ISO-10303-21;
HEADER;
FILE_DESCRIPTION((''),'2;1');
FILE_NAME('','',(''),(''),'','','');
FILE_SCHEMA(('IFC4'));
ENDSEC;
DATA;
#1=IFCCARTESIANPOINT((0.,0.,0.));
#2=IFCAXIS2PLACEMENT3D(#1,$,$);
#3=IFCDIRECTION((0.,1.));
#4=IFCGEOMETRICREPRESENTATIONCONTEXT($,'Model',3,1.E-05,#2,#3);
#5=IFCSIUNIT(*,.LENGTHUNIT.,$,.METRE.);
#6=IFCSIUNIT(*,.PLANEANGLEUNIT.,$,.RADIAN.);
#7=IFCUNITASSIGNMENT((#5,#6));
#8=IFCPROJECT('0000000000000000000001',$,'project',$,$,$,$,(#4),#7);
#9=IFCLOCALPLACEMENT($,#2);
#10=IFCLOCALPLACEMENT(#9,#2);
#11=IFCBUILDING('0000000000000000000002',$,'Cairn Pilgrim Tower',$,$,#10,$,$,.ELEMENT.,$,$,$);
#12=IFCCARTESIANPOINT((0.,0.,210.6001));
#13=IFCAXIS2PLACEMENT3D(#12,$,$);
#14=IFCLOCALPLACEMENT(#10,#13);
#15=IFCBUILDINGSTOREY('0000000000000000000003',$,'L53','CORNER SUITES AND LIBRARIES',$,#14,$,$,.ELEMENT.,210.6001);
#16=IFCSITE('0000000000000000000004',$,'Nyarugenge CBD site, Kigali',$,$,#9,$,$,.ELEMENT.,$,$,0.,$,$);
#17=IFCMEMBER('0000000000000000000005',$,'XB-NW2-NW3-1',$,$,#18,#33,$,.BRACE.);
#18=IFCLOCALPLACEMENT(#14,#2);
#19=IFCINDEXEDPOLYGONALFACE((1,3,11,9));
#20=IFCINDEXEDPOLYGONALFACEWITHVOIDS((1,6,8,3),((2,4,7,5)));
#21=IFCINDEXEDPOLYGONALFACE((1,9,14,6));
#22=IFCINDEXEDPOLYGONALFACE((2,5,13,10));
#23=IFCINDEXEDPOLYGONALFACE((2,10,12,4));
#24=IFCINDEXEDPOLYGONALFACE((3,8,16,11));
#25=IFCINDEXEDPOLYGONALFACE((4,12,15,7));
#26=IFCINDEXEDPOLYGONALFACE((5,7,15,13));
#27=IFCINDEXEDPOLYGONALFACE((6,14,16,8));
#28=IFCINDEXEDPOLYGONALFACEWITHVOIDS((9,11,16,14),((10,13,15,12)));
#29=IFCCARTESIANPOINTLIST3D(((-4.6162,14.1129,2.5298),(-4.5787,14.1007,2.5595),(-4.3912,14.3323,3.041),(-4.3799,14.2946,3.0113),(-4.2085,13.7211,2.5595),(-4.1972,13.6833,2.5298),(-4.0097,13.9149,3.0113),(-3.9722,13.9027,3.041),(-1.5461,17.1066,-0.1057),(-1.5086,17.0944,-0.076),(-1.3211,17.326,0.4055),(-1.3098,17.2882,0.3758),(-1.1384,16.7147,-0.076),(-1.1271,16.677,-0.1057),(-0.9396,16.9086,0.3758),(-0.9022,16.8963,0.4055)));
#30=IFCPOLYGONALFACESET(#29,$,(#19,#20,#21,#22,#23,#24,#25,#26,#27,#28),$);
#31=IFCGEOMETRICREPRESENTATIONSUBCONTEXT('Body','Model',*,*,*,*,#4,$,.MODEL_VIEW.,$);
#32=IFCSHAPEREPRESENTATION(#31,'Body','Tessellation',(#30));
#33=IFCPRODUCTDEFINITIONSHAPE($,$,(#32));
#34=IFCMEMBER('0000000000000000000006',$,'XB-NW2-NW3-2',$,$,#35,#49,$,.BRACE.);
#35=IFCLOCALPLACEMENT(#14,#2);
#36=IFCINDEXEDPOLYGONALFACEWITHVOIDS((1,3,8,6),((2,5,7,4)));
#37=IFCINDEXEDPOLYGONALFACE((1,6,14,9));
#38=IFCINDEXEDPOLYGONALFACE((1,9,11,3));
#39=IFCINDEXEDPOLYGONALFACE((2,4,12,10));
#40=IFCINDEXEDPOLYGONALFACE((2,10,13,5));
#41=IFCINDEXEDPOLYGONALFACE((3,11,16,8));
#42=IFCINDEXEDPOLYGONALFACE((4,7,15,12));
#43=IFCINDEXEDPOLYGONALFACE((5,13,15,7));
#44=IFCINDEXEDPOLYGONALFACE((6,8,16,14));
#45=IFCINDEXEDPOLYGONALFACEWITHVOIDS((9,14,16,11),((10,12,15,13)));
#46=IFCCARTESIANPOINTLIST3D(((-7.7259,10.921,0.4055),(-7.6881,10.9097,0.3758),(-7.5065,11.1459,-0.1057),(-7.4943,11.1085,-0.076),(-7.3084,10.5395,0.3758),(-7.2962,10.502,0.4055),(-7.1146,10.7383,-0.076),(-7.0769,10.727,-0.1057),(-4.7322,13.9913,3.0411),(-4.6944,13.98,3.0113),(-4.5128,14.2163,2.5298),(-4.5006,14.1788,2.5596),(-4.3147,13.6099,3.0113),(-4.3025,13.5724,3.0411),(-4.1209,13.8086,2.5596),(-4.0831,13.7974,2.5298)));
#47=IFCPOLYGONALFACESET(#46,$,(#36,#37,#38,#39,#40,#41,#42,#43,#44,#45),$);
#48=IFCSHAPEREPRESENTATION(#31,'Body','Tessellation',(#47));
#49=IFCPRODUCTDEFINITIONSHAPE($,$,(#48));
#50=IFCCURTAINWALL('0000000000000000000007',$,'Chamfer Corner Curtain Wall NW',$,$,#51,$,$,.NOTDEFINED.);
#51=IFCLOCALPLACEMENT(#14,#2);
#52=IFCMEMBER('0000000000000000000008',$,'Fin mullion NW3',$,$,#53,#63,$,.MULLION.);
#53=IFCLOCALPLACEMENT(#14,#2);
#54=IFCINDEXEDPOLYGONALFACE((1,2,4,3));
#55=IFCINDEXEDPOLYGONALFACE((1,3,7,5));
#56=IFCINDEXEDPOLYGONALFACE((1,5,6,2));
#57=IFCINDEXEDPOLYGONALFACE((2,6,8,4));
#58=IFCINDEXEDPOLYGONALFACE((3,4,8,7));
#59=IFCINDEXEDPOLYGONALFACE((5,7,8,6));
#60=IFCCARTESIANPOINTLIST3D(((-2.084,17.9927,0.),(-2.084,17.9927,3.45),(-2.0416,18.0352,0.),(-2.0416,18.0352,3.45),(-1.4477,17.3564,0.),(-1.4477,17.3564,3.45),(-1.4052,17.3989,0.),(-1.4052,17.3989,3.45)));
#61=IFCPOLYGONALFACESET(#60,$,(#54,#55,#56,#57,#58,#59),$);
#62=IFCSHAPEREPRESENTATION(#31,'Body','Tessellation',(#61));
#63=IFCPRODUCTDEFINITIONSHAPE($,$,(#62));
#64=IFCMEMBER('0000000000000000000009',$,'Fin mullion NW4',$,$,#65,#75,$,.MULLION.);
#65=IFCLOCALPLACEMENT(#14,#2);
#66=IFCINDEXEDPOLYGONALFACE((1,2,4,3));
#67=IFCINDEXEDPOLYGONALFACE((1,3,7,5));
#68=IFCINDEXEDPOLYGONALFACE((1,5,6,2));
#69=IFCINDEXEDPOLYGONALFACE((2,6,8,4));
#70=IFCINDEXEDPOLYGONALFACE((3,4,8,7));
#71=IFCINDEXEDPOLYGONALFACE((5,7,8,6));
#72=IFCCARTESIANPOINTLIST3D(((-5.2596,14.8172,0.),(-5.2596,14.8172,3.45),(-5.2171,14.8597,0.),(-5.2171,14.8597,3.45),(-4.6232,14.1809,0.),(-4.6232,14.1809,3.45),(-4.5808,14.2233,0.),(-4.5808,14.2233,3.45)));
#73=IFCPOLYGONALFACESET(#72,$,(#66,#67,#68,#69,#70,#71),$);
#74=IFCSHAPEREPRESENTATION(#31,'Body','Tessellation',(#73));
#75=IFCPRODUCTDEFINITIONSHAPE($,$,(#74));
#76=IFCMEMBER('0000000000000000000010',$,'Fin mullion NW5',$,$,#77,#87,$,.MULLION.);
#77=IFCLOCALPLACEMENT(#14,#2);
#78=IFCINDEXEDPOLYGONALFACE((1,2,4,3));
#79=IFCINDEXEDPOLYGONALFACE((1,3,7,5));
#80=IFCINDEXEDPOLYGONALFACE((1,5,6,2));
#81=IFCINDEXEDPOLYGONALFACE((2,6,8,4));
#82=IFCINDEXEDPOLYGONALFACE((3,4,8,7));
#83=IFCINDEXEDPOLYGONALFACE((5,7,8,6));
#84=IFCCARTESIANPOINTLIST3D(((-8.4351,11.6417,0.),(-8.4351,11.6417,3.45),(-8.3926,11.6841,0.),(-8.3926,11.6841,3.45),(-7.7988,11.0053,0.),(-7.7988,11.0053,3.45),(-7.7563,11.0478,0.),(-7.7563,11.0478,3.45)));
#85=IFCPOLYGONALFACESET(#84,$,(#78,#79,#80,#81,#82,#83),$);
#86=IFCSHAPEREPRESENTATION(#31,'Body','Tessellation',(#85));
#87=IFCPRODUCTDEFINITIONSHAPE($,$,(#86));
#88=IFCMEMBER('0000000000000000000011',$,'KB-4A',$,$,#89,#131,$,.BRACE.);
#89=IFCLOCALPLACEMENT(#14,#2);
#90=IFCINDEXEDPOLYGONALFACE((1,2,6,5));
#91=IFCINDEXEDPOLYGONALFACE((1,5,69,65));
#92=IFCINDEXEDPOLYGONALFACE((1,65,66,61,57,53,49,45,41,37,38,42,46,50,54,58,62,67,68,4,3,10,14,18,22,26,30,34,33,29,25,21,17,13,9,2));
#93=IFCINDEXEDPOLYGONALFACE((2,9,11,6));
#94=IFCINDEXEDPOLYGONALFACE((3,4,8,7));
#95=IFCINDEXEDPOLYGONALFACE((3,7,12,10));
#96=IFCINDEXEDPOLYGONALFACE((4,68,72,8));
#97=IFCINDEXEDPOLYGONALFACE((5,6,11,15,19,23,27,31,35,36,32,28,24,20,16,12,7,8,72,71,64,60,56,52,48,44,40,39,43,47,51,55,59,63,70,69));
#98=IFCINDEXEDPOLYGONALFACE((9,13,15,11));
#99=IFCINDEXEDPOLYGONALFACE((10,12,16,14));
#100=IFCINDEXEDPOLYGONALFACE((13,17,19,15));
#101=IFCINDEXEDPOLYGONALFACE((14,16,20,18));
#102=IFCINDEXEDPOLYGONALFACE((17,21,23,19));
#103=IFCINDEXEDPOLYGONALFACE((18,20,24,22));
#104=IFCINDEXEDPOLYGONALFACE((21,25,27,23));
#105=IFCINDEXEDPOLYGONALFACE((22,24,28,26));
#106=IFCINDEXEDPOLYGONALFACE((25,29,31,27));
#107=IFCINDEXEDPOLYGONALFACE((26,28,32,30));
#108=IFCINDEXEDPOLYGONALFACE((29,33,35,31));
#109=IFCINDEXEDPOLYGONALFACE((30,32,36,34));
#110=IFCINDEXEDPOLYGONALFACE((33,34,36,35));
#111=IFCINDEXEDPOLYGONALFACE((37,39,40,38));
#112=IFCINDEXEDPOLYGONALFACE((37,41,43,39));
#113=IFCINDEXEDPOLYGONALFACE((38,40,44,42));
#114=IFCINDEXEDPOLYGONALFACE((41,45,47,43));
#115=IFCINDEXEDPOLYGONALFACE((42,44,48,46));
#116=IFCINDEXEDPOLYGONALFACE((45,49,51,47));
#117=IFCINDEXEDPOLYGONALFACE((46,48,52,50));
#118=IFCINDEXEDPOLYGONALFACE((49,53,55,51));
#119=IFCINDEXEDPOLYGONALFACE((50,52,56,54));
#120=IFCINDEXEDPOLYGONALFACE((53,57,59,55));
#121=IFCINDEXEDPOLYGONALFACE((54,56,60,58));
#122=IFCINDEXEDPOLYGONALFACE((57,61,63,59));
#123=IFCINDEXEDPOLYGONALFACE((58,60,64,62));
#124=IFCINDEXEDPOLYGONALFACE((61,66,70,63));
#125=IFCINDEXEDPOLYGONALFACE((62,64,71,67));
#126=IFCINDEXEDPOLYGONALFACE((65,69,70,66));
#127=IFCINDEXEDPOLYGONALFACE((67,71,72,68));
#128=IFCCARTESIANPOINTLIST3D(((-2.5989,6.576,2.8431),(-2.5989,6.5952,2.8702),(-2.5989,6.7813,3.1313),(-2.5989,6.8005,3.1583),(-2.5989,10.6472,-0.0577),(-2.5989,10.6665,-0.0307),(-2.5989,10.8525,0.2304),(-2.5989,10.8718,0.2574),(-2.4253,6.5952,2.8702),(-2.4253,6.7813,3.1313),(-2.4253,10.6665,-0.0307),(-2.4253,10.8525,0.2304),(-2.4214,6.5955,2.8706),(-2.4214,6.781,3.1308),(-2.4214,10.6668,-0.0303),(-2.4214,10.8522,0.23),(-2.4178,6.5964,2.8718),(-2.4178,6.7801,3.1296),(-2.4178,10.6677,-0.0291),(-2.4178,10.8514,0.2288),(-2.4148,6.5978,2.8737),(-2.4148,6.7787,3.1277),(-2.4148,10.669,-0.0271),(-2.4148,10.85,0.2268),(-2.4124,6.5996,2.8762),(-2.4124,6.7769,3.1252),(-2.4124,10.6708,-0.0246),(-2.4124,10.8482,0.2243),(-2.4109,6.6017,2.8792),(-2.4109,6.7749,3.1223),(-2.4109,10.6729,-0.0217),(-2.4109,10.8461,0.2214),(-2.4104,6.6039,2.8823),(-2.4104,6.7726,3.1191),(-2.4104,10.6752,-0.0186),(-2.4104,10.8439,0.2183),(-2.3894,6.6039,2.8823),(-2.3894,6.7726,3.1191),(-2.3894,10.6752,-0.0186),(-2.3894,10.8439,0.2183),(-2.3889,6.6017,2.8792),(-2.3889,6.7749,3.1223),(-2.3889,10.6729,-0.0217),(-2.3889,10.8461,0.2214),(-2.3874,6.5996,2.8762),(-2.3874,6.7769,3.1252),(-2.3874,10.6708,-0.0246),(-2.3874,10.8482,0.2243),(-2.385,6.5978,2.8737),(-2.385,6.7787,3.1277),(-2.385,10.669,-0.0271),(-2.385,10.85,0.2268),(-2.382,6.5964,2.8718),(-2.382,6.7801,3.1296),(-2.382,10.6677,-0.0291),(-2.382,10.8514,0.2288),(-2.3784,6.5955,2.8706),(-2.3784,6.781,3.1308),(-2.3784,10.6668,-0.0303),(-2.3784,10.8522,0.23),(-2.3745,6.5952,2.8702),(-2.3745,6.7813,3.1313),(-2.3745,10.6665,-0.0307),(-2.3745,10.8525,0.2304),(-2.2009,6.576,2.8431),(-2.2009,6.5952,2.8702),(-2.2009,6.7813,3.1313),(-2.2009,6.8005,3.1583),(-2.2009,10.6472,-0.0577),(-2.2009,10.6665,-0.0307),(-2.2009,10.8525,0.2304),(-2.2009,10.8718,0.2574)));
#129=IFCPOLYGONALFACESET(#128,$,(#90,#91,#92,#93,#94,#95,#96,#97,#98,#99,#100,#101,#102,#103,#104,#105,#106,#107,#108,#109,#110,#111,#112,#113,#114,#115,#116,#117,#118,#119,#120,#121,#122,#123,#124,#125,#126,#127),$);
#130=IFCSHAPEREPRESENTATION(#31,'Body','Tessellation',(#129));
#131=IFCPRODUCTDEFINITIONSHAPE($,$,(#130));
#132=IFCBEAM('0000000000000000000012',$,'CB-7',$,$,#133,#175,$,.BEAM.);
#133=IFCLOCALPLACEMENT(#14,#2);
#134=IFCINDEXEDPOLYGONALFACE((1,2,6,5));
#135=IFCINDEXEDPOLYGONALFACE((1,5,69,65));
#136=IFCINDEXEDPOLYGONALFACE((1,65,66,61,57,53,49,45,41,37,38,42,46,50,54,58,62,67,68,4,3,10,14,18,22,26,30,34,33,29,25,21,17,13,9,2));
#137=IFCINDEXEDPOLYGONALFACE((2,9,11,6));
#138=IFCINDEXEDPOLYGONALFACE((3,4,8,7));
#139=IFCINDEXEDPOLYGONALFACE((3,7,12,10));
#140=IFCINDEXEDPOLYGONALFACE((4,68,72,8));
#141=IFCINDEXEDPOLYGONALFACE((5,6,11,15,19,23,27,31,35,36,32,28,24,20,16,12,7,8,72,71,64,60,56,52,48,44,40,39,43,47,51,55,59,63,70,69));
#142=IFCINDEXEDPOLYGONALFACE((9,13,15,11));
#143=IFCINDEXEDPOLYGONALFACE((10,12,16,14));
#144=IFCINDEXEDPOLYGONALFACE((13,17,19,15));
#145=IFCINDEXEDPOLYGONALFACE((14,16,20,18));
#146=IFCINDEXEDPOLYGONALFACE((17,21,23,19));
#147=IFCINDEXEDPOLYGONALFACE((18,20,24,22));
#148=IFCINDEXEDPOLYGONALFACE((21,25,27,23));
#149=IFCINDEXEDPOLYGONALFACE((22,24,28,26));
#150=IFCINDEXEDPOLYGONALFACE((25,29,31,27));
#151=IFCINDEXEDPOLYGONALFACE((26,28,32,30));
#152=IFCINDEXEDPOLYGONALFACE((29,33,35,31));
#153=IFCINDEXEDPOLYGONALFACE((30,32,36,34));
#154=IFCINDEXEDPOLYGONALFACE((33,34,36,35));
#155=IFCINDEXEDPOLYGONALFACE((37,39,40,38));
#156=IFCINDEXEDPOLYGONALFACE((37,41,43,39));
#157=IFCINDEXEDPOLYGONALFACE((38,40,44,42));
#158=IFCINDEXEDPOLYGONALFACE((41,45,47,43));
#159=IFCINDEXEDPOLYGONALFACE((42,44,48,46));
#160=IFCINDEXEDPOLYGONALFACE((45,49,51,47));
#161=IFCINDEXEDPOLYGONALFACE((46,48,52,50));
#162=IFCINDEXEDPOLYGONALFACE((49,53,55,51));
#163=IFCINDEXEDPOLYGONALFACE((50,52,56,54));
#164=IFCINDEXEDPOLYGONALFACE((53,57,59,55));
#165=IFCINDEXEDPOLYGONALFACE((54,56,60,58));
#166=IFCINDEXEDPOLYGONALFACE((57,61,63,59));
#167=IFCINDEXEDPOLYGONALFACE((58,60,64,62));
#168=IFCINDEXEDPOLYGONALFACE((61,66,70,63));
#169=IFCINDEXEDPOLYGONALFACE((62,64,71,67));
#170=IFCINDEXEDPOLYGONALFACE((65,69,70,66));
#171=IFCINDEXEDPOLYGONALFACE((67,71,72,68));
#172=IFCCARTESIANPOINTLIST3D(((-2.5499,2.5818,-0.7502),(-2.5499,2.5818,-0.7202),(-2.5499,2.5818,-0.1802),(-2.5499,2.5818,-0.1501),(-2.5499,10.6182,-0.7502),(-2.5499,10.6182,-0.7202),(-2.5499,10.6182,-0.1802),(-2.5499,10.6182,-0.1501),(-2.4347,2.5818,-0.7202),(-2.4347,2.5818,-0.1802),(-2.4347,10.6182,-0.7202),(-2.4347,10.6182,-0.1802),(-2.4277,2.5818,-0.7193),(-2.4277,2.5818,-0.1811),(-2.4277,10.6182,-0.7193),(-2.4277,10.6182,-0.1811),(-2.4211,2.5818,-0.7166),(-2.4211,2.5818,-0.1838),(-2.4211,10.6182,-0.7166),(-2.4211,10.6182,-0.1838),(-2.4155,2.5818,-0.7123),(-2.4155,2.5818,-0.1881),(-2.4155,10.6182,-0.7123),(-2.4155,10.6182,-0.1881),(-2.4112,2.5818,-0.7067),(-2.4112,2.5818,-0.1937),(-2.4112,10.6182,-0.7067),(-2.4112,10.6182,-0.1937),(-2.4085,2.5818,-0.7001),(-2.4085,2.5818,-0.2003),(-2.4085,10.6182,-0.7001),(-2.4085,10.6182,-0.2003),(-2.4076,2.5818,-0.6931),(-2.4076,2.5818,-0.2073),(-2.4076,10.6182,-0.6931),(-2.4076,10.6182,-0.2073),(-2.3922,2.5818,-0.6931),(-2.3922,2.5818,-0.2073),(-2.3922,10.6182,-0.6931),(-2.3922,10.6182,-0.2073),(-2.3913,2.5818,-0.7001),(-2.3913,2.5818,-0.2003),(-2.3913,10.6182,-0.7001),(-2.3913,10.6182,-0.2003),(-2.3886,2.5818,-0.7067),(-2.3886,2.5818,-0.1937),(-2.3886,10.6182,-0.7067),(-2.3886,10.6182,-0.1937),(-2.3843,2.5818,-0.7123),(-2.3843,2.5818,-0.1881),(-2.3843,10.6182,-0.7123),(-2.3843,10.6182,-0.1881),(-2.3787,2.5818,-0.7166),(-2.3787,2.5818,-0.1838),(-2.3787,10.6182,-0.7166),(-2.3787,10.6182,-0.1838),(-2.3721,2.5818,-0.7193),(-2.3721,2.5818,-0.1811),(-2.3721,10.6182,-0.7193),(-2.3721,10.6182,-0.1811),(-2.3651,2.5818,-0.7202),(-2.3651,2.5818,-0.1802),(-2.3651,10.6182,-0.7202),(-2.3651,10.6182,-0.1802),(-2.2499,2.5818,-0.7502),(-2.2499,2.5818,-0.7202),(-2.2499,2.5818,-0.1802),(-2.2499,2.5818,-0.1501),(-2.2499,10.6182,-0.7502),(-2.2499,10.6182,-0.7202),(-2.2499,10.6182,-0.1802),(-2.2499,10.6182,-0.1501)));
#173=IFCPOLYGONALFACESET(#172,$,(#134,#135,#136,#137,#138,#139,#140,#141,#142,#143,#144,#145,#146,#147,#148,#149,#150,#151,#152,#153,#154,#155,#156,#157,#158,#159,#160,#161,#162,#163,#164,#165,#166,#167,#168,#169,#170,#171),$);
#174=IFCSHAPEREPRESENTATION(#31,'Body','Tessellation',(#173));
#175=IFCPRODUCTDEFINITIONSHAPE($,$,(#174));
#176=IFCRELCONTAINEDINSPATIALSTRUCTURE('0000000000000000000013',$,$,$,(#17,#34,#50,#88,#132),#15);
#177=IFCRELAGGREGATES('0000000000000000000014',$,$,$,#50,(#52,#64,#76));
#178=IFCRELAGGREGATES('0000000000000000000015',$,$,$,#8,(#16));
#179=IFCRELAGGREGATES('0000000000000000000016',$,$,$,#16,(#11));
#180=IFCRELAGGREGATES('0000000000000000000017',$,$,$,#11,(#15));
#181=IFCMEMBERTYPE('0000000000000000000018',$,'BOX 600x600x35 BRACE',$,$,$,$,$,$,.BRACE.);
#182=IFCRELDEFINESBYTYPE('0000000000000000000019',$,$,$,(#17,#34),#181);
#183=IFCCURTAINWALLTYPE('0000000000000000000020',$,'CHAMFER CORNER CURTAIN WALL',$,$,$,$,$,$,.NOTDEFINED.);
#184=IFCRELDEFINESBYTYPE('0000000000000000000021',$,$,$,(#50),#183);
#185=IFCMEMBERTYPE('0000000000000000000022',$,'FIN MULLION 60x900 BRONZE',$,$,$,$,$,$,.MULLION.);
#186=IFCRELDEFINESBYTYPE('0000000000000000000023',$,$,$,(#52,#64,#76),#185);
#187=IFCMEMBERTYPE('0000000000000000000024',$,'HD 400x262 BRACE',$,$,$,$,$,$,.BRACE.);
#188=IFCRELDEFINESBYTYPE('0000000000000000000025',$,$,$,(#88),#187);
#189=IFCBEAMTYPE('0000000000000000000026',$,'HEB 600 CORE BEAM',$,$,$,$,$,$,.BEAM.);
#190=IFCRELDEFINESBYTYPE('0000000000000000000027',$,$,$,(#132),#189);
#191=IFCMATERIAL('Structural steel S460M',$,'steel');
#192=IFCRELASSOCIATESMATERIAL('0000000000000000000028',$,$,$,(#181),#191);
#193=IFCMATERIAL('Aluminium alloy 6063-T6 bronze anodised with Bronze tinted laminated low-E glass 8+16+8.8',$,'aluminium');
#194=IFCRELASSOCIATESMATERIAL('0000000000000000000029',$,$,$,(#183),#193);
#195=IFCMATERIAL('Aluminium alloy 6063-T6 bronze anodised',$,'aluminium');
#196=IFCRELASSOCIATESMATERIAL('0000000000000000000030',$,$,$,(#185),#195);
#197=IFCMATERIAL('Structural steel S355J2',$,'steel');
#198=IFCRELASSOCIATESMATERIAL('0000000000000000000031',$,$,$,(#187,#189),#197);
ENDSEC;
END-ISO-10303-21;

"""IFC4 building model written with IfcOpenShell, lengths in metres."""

from ifc_helpers import new_model, si_unit, direction, frame, origin, origin_2d, place, context, subcontext, project, spatial, rectangle, hollow_rectangle, i_section, extrude, material, material_profile, profile_set, type_object, element, aggregate, save


model = new_model("IFC4")

# Units and contexts
model_context = context("Model", 3, precision=1e-05, world=origin(), true_north=direction((0.0, 1.0)))
body_context = subcontext(model_context, "Body", "Model", "MODEL_VIEW")
ifc_project = project(units=[si_unit("LENGTHUNIT", "METRE"), si_unit("PLANEANGLEUNIT", "RADIAN")], contexts=[model_context])

# Site, building, storey
site_placement = place(None, origin())
site = spatial("IfcSite", under=ifc_project, at=site_placement, Name="Nyarugenge CBD site, Kigali", CompositionType="ELEMENT", RefElevation=0.0)
building_placement = place(site_placement, origin())
building = spatial("IfcBuilding", under=site, at=building_placement, Name="Cairn Pilgrim Tower", CompositionType="ELEMENT")
storey_placement = place(building_placement, frame((0.0, 0.0, 210.6001)))
storey = spatial("IfcBuildingStorey", under=building, at=storey_placement, Name="L53", Description="CORNER SUITES AND LIBRARIES", CompositionType="ELEMENT", Elevation=210.6001)

# Shared definitions
ifc_material_1 = material(Name="Structural steel S355J2", Category="steel")
ifc_material_2 = material(Name="Structural steel S460M", Category="steel")

# Members
ifc_material_profile_1 = material_profile(ifc_material_2, hollow_rectangle(XDim=0.6001, YDim=0.6001, WallThickness=0.0349, at=origin_2d()), Name="BOX 600x600x35")
ifc_profile_set_1 = profile_set([ifc_material_profile_1], Name="Structural steel S460M")
member_type_1 = type_object("IfcMemberType", Name="BOX 600x600x35 BRACE", PredefinedType="BRACE", material=ifc_profile_set_1)
member_1_placement = place(storey_placement, frame((-1.2241, 17.0015, 0.1499), z_axis=(-0.609963, -0.594781, 0.523623), x_axis=(0.69814, -0.715961, 0.0)))
element("IfcMember", 1, at=member_1_placement, inside=storey, type_object=member_type_1, Name="XB-NW2-NW3-1", PredefinedType="BRACE", context=body_context, shape_type="SweptSolid", body=[
    extrude(hollow_rectangle(XDim=0.6001, YDim=0.6001, WallThickness=0.0349, at=origin_2d()), origin(), (0.0, 0.0, 1.0), 5.0332),
])
member_2_placement = place(storey_placement, frame((-7.4014, 10.824, 0.1499), z_axis=(0.594763, 0.609994, 0.523607), x_axis=(-0.715989, 0.698112, 0.0)))
element("IfcMember", 2, at=member_2_placement, inside=storey, type_object=member_type_1, Name="XB-NW2-NW3-2", PredefinedType="BRACE", context=body_context, shape_type="SweptSolid", body=[
    extrude(hollow_rectangle(XDim=0.6001, YDim=0.6001, WallThickness=0.0349, at=origin_2d()), origin(), (0.0, 0.0, 1.0), 5.0334),
])

# Curtain wall, members
ifc_material_3 = material(Name="Aluminium alloy 6063-T6 bronze anodised with Bronze tinted laminated low-E glass 8+16+8.8", Category="aluminium")
curtain_wall_type = type_object("IfcCurtainWallType", Name="CHAMFER CORNER CURTAIN WALL", PredefinedType="NOTDEFINED", material=ifc_material_3)
curtain_wall_placement = place(storey_placement, origin())
curtain_wall = element("IfcCurtainWall", 3, at=curtain_wall_placement, inside=storey, type_object=curtain_wall_type, Name="Chamfer Corner Curtain Wall NW", PredefinedType="NOTDEFINED")
ifc_material_4 = material(Name="Aluminium alloy 6063-T6 bronze anodised", Category="aluminium")
ifc_material_profile_2 = material_profile(ifc_material_4, rectangle(XDim=0.8999, YDim=0.0601, at=origin_2d()), Name="FIN MULLION 60x900 BRONZE")
ifc_profile_set_2 = profile_set([ifc_material_profile_2], Name="Aluminium alloy 6063-T6 bronze anodised")
member_type_2 = type_object("IfcMemberType", Name="FIN MULLION 60x900 BRONZE", PredefinedType="MULLION", material=ifc_profile_set_2)
member_3_placement = place(storey_placement, frame((-1.7446, 17.6958, 0.0), z_axis=(0.0, 0.0, 1.0), x_axis=(-0.707107, 0.707107, 0.0)))
member_3 = element("IfcMember", 4, at=member_3_placement, type_object=member_type_2, Name="Fin mullion NW3", PredefinedType="MULLION", context=body_context, shape_type="SweptSolid", body=[
    extrude(rectangle(XDim=0.8999, YDim=0.0601, at=origin_2d()), origin(), (0.0, 0.0, 1.0), 3.45),
])
member_4_placement = place(storey_placement, frame((-4.9202, 14.5203, 0.0), z_axis=(0.0, 0.0, 1.0), x_axis=(-0.707107, 0.707107, 0.0)))
member_4 = element("IfcMember", 5, at=member_4_placement, type_object=member_type_2, Name="Fin mullion NW4", PredefinedType="MULLION", context=body_context, shape_type="SweptSolid", body=[
    extrude(rectangle(XDim=0.8999, YDim=0.0601, at=origin_2d()), origin(), (0.0, 0.0, 1.0), 3.45),
])
member_5_placement = place(storey_placement, frame((-8.0957, 11.3447, 0.0), z_axis=(0.0, 0.0, 1.0), x_axis=(-0.707107, 0.707107, 0.0)))
member_5 = element("IfcMember", 6, at=member_5_placement, type_object=member_type_2, Name="Fin mullion NW5", PredefinedType="MULLION", context=body_context, shape_type="SweptSolid", body=[
    extrude(rectangle(XDim=0.8999, YDim=0.0601, at=origin_2d()), origin(), (0.0, 0.0, 1.0), 3.45),
])

# Member
ifc_material_profile_3 = material_profile(ifc_material_1, i_section(OverallWidth=0.3979, OverallDepth=0.387, WebThickness=0.021, FlangeThickness=0.0332, FilletRadius=0.0149, at=origin_2d()), Name="HD 400x262")
ifc_profile_set_3 = profile_set([ifc_material_profile_3], Name="Structural steel S355J2")
member_type_3 = type_object("IfcMemberType", Name="HD 400x262 BRACE", PredefinedType="BRACE", material=ifc_profile_set_3)
member_6_placement = place(storey_placement, frame((-2.3999, 10.7595, 0.0999), z_axis=(0.0, -0.814413, 0.580286), x_axis=(1.0, 0.0, 0.0)))
element("IfcMember", 7, at=member_6_placement, inside=storey, type_object=member_type_3, Name="KB-4A", PredefinedType="BRACE", context=body_context, shape_type="SweptSolid", body=[
    extrude(i_section(OverallWidth=0.3979, OverallDepth=0.387, WebThickness=0.021, FlangeThickness=0.0332, FilletRadius=0.0149, at=origin_2d()), origin(), (0.0, 0.0, 1.0), 4.999),
])

# Beam
ifc_material_profile_4 = material_profile(ifc_material_1, i_section(OverallWidth=0.3, OverallDepth=0.6001, WebThickness=0.0154, FlangeThickness=0.03, FilletRadius=0.0271, at=origin_2d()), Name="HEB 600")
ifc_profile_set_4 = profile_set([ifc_material_profile_4], Name="Structural steel S355J2")
beam_type_1 = type_object("IfcBeamType", Name="HEB 600 CORE BEAM", PredefinedType="BEAM", material=ifc_profile_set_4)
beam_1_placement = place(storey_placement, frame((-2.3999, 10.6182, -0.4502), z_axis=(0.0, -1.0, 0.0), x_axis=(1.0, 0.0, 0.0)))
element("IfcBeam", 8, at=beam_1_placement, inside=storey, type_object=beam_type_1, Name="CB-7", PredefinedType="BEAM", context=body_context, shape_type="SweptSolid", body=[
    extrude(i_section(OverallWidth=0.3, OverallDepth=0.6001, WebThickness=0.0154, FlangeThickness=0.03, FilletRadius=0.0271, at=origin_2d()), origin(), (0.0, 0.0, 1.0), 8.0364),
])

aggregate(curtain_wall, [member_3, member_4, member_5])

save(model, "model.ifc")
